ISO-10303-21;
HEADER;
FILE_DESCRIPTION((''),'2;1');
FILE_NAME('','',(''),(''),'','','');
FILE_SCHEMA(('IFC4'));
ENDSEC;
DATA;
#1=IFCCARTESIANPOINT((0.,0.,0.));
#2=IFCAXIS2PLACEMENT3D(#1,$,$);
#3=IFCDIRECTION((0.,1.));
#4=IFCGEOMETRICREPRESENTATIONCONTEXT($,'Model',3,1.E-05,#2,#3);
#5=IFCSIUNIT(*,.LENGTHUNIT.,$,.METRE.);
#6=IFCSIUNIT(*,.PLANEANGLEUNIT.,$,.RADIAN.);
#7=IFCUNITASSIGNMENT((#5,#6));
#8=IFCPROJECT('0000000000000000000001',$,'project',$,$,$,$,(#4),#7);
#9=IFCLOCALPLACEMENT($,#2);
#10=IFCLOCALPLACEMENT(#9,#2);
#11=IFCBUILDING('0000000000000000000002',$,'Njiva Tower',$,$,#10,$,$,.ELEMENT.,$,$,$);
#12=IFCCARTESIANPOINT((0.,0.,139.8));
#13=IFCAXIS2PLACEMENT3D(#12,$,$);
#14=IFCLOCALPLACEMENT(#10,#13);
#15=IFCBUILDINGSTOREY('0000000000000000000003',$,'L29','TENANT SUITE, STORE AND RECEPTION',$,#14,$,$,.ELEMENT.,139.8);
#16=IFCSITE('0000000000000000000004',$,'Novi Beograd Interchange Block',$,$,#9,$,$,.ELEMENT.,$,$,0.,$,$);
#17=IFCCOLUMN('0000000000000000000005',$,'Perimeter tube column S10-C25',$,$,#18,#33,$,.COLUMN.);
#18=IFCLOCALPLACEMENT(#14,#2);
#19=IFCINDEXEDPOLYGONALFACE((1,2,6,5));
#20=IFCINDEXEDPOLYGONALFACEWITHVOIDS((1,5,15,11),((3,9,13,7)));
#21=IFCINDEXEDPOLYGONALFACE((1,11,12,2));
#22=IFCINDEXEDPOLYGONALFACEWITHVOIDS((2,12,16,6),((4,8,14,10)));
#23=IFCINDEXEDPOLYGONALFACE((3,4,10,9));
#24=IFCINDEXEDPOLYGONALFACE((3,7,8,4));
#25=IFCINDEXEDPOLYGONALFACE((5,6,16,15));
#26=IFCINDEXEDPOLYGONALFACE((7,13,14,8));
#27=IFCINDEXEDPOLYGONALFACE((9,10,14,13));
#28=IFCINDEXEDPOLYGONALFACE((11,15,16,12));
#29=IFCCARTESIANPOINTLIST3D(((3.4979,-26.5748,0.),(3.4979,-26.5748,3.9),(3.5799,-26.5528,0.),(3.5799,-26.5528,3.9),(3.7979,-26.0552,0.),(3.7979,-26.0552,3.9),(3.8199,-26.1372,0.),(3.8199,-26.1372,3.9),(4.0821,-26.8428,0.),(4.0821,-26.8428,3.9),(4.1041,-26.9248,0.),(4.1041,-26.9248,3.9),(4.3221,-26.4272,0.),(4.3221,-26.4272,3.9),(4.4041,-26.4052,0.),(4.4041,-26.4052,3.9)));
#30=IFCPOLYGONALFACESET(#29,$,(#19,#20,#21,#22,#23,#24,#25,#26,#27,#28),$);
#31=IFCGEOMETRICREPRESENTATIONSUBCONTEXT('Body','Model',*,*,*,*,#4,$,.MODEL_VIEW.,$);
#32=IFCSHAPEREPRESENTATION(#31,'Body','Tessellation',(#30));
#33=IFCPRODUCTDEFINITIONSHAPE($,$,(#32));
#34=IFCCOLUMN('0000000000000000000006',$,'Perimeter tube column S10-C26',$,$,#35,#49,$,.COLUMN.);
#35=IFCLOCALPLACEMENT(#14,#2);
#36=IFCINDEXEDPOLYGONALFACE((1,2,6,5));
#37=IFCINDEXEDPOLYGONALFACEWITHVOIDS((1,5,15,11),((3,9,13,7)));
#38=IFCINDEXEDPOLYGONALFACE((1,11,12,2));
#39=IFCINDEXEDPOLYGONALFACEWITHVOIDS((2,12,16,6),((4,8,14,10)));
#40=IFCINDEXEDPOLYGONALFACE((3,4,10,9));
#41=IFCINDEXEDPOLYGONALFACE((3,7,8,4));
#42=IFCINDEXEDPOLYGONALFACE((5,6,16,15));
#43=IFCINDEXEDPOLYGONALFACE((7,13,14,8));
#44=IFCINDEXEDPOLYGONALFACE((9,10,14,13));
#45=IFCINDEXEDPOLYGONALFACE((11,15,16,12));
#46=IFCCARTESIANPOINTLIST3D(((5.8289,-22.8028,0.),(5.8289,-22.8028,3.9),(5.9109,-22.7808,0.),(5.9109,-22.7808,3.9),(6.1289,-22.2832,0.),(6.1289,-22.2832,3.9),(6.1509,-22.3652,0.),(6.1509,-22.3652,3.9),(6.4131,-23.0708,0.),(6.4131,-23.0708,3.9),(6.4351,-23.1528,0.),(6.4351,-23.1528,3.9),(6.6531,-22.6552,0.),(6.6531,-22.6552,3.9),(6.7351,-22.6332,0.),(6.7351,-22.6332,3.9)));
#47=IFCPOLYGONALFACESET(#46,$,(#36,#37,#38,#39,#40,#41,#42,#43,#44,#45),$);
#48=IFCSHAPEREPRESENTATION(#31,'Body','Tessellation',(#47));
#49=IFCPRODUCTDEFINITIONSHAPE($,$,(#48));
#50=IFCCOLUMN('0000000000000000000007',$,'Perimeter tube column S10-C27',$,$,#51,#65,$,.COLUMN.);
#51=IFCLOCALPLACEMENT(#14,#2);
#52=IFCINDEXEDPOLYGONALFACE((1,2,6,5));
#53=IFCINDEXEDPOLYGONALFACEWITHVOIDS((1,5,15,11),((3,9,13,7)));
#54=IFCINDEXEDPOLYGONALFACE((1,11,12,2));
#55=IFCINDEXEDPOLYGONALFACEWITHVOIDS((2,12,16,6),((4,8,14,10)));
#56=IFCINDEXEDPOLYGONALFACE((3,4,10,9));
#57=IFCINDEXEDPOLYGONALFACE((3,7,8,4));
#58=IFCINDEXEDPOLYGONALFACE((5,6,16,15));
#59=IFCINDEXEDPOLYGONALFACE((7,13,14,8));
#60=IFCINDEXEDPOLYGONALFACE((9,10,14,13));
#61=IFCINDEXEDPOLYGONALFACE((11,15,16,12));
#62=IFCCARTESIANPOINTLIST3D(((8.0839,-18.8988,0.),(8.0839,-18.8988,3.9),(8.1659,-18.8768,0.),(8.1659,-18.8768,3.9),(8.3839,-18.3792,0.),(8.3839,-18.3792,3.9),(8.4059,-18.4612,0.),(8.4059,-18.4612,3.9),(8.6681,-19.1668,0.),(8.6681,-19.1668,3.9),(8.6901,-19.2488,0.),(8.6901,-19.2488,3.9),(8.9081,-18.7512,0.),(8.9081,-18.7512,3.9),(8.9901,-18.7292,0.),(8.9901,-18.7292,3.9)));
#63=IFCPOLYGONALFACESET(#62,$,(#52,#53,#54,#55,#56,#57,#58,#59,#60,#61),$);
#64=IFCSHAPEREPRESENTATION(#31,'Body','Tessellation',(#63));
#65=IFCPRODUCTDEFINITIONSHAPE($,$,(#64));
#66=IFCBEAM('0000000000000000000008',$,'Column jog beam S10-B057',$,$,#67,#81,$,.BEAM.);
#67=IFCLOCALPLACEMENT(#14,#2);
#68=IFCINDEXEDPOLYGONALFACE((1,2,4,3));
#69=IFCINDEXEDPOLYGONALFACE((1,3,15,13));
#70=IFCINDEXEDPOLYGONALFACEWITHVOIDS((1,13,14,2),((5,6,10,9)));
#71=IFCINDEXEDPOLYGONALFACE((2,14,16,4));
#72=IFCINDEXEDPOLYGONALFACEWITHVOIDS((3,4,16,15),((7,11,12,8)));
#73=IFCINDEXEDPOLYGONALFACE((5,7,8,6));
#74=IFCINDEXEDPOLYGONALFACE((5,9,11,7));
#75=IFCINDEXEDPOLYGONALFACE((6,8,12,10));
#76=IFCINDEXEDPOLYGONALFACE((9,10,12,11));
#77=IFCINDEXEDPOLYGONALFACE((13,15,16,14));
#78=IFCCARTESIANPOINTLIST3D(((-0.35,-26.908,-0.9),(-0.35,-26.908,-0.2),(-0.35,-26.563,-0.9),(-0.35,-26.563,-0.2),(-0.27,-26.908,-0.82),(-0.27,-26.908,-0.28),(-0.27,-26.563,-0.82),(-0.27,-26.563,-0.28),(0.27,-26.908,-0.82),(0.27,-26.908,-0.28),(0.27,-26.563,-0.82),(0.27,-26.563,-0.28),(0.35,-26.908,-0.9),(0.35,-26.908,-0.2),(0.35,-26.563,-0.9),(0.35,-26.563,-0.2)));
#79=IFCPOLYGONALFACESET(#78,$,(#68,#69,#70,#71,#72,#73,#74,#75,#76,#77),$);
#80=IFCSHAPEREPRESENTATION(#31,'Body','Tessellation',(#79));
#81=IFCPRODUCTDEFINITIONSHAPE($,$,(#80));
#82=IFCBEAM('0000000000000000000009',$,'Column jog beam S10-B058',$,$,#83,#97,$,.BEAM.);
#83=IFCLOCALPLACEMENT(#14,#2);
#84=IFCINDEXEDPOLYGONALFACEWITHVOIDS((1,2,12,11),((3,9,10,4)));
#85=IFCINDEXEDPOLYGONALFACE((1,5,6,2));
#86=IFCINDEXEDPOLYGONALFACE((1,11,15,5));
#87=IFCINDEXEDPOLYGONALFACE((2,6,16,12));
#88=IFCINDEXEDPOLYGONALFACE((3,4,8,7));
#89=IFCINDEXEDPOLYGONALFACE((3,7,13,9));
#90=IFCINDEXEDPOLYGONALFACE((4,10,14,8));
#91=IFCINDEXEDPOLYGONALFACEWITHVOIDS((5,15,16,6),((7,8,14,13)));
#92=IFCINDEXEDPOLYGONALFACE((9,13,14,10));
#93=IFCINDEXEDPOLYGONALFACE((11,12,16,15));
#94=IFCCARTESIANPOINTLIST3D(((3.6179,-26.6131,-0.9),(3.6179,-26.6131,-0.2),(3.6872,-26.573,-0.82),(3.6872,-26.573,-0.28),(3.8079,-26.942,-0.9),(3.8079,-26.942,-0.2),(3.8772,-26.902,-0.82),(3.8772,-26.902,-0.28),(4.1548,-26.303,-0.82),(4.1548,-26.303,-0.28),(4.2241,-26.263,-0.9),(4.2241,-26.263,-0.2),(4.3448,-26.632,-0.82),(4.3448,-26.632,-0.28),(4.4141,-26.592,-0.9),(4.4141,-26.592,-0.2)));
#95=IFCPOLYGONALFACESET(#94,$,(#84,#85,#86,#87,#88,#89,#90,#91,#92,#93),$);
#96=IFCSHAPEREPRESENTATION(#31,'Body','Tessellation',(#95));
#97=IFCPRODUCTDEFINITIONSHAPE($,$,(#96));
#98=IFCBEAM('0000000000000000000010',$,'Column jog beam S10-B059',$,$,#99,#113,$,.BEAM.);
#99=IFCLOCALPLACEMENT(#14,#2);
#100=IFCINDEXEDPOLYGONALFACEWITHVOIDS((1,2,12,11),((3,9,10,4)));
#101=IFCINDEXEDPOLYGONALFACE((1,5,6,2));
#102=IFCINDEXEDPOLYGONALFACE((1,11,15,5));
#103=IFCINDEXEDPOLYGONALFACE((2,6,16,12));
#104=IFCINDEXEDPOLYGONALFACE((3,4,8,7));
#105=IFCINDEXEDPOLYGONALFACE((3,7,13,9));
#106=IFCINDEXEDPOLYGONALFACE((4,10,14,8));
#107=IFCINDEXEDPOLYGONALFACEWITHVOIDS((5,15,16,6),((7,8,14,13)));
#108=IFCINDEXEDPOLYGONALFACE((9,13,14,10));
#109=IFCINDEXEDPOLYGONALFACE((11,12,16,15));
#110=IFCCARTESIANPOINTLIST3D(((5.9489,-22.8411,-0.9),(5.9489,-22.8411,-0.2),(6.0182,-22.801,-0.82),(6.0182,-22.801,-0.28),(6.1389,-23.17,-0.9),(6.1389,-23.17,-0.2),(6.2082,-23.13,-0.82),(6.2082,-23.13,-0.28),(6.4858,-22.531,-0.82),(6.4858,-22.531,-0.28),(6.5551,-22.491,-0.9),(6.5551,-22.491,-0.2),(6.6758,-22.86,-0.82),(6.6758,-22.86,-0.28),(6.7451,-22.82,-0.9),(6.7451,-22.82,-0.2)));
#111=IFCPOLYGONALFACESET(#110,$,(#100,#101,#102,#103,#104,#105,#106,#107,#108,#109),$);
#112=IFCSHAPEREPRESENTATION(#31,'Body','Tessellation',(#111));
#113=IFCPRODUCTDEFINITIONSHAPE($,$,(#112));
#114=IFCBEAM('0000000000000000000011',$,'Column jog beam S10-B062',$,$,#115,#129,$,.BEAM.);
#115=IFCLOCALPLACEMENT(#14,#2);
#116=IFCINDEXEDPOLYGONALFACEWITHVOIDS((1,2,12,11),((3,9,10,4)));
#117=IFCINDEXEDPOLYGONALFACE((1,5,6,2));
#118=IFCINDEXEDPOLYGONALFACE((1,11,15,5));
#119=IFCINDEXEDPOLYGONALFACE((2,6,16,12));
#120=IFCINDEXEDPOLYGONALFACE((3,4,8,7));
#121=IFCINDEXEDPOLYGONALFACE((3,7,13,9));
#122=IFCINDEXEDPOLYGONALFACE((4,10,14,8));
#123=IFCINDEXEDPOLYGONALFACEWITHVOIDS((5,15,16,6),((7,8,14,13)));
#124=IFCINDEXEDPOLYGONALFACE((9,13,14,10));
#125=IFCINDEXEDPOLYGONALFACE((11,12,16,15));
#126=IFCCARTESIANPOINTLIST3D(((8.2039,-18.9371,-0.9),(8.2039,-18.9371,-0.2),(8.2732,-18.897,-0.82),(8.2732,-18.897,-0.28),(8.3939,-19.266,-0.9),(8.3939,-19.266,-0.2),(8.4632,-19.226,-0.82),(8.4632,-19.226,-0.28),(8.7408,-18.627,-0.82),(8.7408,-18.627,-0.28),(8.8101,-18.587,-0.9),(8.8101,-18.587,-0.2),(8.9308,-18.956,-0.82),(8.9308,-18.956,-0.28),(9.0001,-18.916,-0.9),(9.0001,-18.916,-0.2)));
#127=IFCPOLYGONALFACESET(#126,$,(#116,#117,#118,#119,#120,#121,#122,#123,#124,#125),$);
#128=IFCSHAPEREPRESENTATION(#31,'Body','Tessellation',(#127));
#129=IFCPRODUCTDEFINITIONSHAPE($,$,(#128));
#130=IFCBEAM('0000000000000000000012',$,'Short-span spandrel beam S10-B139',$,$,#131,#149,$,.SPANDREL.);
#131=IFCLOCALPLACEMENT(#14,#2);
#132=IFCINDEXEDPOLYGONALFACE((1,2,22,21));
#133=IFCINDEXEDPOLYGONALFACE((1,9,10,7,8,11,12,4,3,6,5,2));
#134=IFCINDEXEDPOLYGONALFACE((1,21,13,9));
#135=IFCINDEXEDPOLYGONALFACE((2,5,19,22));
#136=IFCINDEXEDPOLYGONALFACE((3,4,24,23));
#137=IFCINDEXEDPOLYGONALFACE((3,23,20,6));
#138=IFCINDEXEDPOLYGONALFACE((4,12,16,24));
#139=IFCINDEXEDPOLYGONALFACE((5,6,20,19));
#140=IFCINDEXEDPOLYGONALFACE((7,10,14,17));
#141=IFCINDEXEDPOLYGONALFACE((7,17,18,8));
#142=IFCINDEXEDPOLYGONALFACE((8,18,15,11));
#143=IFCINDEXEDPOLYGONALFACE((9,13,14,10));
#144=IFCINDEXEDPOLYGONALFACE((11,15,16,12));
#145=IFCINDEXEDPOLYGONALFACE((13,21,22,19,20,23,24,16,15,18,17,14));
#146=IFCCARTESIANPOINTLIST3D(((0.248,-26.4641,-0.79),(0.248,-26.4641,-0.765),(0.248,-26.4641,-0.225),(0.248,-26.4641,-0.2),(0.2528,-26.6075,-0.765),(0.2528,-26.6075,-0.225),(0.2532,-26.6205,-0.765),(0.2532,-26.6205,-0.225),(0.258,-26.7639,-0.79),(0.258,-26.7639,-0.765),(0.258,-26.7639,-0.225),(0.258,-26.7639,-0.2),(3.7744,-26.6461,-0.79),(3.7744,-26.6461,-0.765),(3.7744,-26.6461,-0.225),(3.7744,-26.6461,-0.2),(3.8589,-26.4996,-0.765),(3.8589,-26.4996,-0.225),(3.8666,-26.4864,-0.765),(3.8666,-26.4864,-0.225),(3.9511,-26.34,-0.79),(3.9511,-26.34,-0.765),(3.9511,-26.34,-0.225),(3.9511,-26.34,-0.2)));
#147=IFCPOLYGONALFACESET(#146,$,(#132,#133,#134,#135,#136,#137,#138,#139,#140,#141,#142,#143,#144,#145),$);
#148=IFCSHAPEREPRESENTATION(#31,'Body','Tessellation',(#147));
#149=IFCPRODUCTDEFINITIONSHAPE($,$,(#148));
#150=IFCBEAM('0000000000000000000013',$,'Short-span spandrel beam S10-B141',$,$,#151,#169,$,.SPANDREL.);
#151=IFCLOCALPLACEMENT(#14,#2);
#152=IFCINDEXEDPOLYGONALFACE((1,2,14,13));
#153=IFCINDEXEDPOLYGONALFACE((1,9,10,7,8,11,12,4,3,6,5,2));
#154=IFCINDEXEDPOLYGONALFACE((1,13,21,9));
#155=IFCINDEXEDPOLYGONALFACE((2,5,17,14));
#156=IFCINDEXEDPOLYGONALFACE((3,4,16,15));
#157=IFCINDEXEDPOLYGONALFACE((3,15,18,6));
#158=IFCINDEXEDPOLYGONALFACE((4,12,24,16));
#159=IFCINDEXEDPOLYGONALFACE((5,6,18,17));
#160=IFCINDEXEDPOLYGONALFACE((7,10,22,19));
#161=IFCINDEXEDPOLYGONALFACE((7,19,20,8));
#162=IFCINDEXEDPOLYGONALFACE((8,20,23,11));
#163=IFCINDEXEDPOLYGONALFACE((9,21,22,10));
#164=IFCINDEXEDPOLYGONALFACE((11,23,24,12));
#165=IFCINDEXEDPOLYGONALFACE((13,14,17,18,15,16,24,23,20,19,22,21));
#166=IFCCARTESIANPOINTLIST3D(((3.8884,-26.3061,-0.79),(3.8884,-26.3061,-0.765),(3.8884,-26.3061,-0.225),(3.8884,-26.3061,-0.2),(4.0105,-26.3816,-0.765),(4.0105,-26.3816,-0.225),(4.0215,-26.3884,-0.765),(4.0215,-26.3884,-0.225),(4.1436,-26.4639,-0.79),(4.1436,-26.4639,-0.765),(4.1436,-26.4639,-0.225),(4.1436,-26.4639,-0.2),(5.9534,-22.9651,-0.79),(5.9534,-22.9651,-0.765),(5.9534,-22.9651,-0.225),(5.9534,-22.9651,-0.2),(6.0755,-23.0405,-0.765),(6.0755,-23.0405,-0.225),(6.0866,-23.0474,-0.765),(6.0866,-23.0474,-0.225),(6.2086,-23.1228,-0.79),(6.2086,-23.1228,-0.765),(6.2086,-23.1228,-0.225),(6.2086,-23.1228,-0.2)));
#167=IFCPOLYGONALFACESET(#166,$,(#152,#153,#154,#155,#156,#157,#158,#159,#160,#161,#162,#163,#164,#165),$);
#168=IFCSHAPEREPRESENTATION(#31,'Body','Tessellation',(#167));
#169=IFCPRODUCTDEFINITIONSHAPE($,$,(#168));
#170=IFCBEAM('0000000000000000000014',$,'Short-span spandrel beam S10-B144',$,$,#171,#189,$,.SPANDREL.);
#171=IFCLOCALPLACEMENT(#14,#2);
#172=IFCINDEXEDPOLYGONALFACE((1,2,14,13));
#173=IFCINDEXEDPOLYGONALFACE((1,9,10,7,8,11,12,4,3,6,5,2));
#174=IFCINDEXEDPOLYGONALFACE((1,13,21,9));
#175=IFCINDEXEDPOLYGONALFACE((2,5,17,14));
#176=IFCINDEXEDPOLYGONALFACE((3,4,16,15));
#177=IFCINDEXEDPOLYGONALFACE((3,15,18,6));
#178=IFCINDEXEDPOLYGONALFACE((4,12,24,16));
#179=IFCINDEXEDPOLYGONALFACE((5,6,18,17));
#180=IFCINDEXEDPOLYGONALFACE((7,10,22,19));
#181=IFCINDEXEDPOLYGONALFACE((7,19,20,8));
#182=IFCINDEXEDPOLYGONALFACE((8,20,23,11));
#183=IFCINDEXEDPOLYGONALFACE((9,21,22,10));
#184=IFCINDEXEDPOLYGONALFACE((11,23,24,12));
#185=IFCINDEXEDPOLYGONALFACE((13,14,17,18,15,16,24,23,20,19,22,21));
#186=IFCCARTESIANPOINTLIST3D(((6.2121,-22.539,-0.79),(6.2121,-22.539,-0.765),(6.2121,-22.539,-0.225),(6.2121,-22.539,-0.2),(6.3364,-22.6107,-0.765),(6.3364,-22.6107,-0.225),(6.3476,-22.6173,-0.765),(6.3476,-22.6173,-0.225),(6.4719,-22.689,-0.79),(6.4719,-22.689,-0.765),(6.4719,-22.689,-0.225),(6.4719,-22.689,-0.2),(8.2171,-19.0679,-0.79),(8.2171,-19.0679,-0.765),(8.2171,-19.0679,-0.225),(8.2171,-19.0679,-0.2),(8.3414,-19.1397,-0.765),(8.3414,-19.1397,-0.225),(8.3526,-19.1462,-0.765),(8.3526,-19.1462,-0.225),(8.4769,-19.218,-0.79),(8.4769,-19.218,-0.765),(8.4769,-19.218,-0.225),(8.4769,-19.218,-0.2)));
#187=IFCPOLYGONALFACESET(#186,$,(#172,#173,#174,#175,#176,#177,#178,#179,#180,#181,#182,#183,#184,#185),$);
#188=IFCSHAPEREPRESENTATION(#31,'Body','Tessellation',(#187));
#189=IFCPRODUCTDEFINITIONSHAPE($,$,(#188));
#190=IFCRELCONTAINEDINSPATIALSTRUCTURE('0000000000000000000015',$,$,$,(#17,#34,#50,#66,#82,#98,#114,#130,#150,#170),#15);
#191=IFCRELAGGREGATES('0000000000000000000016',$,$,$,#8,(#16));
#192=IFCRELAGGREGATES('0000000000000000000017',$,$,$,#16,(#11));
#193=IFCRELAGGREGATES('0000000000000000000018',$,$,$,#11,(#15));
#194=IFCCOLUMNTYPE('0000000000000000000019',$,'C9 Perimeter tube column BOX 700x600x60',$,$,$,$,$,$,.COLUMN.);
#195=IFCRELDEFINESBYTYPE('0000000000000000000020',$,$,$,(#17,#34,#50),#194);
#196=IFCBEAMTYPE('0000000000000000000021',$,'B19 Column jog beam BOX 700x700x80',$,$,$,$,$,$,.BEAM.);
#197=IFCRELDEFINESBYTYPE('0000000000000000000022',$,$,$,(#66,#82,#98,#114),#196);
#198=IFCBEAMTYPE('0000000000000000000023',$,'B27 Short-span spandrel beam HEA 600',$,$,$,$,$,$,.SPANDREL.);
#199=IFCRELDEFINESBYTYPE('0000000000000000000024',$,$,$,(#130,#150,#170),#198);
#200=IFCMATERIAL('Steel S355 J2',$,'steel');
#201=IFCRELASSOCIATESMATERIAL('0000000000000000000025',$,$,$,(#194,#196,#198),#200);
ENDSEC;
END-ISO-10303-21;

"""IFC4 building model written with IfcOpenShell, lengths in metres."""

from ifc_helpers import new_model, si_unit, direction, frame, origin, origin_2d, place, context, subcontext, project, spatial, hollow_rectangle, i_section, extrude, clip, halfspace, material, material_profile, profile_set, type_object, element, save


model = new_model("IFC4")

# Units and contexts
model_context = context("Model", 3, precision=1e-05, world=origin(), true_north=direction((0.0, 1.0)))
body_context = subcontext(model_context, "Body", "Model", "MODEL_VIEW")
ifc_project = project(units=[si_unit("LENGTHUNIT", "METRE"), si_unit("PLANEANGLEUNIT", "RADIAN")], contexts=[model_context])

# Site, building, storey
site_placement = place(None, origin())
site = spatial("IfcSite", under=ifc_project, at=site_placement, Name="Novi Beograd Interchange Block", CompositionType="ELEMENT", RefElevation=0.0)
building_placement = place(site_placement, origin())
building = spatial("IfcBuilding", under=site, at=building_placement, Name="Njiva Tower", CompositionType="ELEMENT")
storey_placement = place(building_placement, frame((0.0, 0.0, 139.8)))
storey = spatial("IfcBuildingStorey", under=building, at=storey_placement, Name="L29", Description="TENANT SUITE, STORE AND RECEPTION", CompositionType="ELEMENT", Elevation=139.8)

# Columns
ifc_material_1 = material(Name="Steel S355 J2", Category="steel")
ifc_material_profile_1 = material_profile(ifc_material_1, hollow_rectangle(XDim=0.6, YDim=0.7, WallThickness=0.06, at=origin_2d()), Name="BOX 700x600x60")
ifc_profile_set_1 = profile_set([ifc_material_profile_1], Name="Steel S355 J2")
column_type = type_object("IfcColumnType", Name="C9 Perimeter tube column BOX 700x600x60", PredefinedType="COLUMN", material=ifc_profile_set_1)
for number, where, z_axis, x_axis, name in (
    (1, (3.951, -26.49, 0.0), (0.0, 0.0, 1.0), (0.5, 0.866025, 0.0), "Perimeter tube column S10-C25"),
    (2, (6.282, -22.718, 0.0), (0.0, 0.0, 1.0), (0.5, 0.866025, 0.0), "Perimeter tube column S10-C26"),
    (3, (8.537, -18.814, 0.0), (0.0, 0.0, 1.0), (0.5, 0.866025, 0.0), "Perimeter tube column S10-C27"),
):
    element("IfcColumn", number, at=place(storey_placement, frame(where, z_axis=z_axis, x_axis=x_axis)), inside=storey, type_object=column_type, Name=name, PredefinedType="COLUMN", context=body_context, shape_type="SweptSolid", body=[
        extrude(hollow_rectangle(XDim=0.6, YDim=0.7, WallThickness=0.06, at=origin_2d()), origin(), (0.0, 0.0, 1.0), 3.9),
    ])

# Beams
ifc_material_profile_2 = material_profile(ifc_material_1, hollow_rectangle(XDim=0.7, YDim=0.7, WallThickness=0.08, at=origin_2d()), Name="BOX 700x700x80")
ifc_profile_set_2 = profile_set([ifc_material_profile_2], Name="Steel S355 J2")
beam_type_1 = type_object("IfcBeamType", Name="B19 Column jog beam BOX 700x700x80", PredefinedType="BEAM", material=ifc_profile_set_2)
beam_1_placement = place(storey_placement, frame((0.0, -26.908, -0.55), z_axis=(0.0, 1.0, 0.0), x_axis=(-1.0, 0.0, 0.0)))
element("IfcBeam", 4, at=beam_1_placement, inside=storey, type_object=beam_type_1, Name="Column jog beam S10-B057", PredefinedType="BEAM", context=body_context, shape_type="SweptSolid", body=[
    extrude(hollow_rectangle(XDim=0.7, YDim=0.7, WallThickness=0.08, at=origin_2d()), origin(), (0.0, 0.0, 1.0), 0.345),
])
for number, where, z_axis, x_axis, name in (
    (5, (4.111, -26.767, -0.55), (-0.500102, 0.865966, 0.0), (-0.865966, -0.500102, 0.0), "Column jog beam S10-B058"),
    (6, (6.442, -22.995, -0.55), (-0.500102, 0.865966, 0.0), (-0.865966, -0.500102, 0.0), "Column jog beam S10-B059"),
    (7, (8.697, -19.091, -0.55), (-0.500102, 0.865966, 0.0), (-0.865966, -0.500102, 0.0), "Column jog beam S10-B062"),
):
    element("IfcBeam", number, at=place(storey_placement, frame(where, z_axis=z_axis, x_axis=x_axis)), inside=storey, type_object=beam_type_1, Name=name, PredefinedType="BEAM", context=body_context, shape_type="SweptSolid", body=[
        extrude(hollow_rectangle(XDim=0.7, YDim=0.7, WallThickness=0.08, at=origin_2d()), origin(), (0.0, 0.0, 1.0), 0.3799),
    ])
ifc_material_profile_3 = material_profile(ifc_material_1, i_section(OverallWidth=0.3, OverallDepth=0.59, WebThickness=0.013, FlangeThickness=0.025, at=origin_2d()), Name="HEA 600")
ifc_profile_set_3 = profile_set([ifc_material_profile_3], Name="Steel S355 J2")
beam_type_2 = type_object("IfcBeamType", Name="B27 Short-span spandrel beam HEA 600", PredefinedType="SPANDREL", material=ifc_profile_set_3)
beam_2_placement = place(storey_placement, frame((0.253, -26.614, -0.495), z_axis=(0.999439, 0.033499, 0.0), x_axis=(-0.033499, 0.999439, 0.0)))
element("IfcBeam", 8, at=beam_2_placement, inside=storey, type_object=beam_type_2, Name="Short-span spandrel beam S10-B139", PredefinedType="SPANDREL", context=body_context, shape_type="Clipping", body=[
    clip(extrude(i_section(OverallWidth=0.3, OverallDepth=0.59, WebThickness=0.013, FlangeThickness=0.025, at=origin_2d()), origin(), (0.0, 0.0, 1.0), 3.725), halfspace(frame((-0.0261, 0.0, 3.5955), z_axis=(-0.528729, 0.0, 0.848791), x_axis=(0.0, 1.0, 0.0)), False)),
])
beam_3_placement = place(storey_placement, frame((4.016, -26.385, -0.495), z_axis=(0.525758, 0.850634, 0.0), x_axis=(-0.850634, 0.525758, 0.0)))
element("IfcBeam", 9, at=beam_3_placement, inside=storey, type_object=beam_type_2, Name="Short-span spandrel beam S10-B141", PredefinedType="SPANDREL", context=body_context, shape_type="SweptSolid", body=[
    extrude(i_section(OverallWidth=0.3, OverallDepth=0.59, WebThickness=0.013, FlangeThickness=0.025, at=origin_2d()), origin(), (0.0, 0.0, 1.0), 3.9277),
])
beam_4_placement = place(storey_placement, frame((6.342, -22.614, -0.495), z_axis=(0.50019, 0.865915, 0.0), x_axis=(-0.865915, 0.50019, 0.0)))
element("IfcBeam", 10, at=beam_4_placement, inside=storey, type_object=beam_type_2, Name="Short-span spandrel beam S10-B144", PredefinedType="SPANDREL", context=body_context, shape_type="SweptSolid", body=[
    extrude(i_section(OverallWidth=0.3, OverallDepth=0.59, WebThickness=0.013, FlangeThickness=0.025, at=origin_2d()), origin(), (0.0, 0.0, 1.0), 4.0085),
])

save(model, "model.ifc")
